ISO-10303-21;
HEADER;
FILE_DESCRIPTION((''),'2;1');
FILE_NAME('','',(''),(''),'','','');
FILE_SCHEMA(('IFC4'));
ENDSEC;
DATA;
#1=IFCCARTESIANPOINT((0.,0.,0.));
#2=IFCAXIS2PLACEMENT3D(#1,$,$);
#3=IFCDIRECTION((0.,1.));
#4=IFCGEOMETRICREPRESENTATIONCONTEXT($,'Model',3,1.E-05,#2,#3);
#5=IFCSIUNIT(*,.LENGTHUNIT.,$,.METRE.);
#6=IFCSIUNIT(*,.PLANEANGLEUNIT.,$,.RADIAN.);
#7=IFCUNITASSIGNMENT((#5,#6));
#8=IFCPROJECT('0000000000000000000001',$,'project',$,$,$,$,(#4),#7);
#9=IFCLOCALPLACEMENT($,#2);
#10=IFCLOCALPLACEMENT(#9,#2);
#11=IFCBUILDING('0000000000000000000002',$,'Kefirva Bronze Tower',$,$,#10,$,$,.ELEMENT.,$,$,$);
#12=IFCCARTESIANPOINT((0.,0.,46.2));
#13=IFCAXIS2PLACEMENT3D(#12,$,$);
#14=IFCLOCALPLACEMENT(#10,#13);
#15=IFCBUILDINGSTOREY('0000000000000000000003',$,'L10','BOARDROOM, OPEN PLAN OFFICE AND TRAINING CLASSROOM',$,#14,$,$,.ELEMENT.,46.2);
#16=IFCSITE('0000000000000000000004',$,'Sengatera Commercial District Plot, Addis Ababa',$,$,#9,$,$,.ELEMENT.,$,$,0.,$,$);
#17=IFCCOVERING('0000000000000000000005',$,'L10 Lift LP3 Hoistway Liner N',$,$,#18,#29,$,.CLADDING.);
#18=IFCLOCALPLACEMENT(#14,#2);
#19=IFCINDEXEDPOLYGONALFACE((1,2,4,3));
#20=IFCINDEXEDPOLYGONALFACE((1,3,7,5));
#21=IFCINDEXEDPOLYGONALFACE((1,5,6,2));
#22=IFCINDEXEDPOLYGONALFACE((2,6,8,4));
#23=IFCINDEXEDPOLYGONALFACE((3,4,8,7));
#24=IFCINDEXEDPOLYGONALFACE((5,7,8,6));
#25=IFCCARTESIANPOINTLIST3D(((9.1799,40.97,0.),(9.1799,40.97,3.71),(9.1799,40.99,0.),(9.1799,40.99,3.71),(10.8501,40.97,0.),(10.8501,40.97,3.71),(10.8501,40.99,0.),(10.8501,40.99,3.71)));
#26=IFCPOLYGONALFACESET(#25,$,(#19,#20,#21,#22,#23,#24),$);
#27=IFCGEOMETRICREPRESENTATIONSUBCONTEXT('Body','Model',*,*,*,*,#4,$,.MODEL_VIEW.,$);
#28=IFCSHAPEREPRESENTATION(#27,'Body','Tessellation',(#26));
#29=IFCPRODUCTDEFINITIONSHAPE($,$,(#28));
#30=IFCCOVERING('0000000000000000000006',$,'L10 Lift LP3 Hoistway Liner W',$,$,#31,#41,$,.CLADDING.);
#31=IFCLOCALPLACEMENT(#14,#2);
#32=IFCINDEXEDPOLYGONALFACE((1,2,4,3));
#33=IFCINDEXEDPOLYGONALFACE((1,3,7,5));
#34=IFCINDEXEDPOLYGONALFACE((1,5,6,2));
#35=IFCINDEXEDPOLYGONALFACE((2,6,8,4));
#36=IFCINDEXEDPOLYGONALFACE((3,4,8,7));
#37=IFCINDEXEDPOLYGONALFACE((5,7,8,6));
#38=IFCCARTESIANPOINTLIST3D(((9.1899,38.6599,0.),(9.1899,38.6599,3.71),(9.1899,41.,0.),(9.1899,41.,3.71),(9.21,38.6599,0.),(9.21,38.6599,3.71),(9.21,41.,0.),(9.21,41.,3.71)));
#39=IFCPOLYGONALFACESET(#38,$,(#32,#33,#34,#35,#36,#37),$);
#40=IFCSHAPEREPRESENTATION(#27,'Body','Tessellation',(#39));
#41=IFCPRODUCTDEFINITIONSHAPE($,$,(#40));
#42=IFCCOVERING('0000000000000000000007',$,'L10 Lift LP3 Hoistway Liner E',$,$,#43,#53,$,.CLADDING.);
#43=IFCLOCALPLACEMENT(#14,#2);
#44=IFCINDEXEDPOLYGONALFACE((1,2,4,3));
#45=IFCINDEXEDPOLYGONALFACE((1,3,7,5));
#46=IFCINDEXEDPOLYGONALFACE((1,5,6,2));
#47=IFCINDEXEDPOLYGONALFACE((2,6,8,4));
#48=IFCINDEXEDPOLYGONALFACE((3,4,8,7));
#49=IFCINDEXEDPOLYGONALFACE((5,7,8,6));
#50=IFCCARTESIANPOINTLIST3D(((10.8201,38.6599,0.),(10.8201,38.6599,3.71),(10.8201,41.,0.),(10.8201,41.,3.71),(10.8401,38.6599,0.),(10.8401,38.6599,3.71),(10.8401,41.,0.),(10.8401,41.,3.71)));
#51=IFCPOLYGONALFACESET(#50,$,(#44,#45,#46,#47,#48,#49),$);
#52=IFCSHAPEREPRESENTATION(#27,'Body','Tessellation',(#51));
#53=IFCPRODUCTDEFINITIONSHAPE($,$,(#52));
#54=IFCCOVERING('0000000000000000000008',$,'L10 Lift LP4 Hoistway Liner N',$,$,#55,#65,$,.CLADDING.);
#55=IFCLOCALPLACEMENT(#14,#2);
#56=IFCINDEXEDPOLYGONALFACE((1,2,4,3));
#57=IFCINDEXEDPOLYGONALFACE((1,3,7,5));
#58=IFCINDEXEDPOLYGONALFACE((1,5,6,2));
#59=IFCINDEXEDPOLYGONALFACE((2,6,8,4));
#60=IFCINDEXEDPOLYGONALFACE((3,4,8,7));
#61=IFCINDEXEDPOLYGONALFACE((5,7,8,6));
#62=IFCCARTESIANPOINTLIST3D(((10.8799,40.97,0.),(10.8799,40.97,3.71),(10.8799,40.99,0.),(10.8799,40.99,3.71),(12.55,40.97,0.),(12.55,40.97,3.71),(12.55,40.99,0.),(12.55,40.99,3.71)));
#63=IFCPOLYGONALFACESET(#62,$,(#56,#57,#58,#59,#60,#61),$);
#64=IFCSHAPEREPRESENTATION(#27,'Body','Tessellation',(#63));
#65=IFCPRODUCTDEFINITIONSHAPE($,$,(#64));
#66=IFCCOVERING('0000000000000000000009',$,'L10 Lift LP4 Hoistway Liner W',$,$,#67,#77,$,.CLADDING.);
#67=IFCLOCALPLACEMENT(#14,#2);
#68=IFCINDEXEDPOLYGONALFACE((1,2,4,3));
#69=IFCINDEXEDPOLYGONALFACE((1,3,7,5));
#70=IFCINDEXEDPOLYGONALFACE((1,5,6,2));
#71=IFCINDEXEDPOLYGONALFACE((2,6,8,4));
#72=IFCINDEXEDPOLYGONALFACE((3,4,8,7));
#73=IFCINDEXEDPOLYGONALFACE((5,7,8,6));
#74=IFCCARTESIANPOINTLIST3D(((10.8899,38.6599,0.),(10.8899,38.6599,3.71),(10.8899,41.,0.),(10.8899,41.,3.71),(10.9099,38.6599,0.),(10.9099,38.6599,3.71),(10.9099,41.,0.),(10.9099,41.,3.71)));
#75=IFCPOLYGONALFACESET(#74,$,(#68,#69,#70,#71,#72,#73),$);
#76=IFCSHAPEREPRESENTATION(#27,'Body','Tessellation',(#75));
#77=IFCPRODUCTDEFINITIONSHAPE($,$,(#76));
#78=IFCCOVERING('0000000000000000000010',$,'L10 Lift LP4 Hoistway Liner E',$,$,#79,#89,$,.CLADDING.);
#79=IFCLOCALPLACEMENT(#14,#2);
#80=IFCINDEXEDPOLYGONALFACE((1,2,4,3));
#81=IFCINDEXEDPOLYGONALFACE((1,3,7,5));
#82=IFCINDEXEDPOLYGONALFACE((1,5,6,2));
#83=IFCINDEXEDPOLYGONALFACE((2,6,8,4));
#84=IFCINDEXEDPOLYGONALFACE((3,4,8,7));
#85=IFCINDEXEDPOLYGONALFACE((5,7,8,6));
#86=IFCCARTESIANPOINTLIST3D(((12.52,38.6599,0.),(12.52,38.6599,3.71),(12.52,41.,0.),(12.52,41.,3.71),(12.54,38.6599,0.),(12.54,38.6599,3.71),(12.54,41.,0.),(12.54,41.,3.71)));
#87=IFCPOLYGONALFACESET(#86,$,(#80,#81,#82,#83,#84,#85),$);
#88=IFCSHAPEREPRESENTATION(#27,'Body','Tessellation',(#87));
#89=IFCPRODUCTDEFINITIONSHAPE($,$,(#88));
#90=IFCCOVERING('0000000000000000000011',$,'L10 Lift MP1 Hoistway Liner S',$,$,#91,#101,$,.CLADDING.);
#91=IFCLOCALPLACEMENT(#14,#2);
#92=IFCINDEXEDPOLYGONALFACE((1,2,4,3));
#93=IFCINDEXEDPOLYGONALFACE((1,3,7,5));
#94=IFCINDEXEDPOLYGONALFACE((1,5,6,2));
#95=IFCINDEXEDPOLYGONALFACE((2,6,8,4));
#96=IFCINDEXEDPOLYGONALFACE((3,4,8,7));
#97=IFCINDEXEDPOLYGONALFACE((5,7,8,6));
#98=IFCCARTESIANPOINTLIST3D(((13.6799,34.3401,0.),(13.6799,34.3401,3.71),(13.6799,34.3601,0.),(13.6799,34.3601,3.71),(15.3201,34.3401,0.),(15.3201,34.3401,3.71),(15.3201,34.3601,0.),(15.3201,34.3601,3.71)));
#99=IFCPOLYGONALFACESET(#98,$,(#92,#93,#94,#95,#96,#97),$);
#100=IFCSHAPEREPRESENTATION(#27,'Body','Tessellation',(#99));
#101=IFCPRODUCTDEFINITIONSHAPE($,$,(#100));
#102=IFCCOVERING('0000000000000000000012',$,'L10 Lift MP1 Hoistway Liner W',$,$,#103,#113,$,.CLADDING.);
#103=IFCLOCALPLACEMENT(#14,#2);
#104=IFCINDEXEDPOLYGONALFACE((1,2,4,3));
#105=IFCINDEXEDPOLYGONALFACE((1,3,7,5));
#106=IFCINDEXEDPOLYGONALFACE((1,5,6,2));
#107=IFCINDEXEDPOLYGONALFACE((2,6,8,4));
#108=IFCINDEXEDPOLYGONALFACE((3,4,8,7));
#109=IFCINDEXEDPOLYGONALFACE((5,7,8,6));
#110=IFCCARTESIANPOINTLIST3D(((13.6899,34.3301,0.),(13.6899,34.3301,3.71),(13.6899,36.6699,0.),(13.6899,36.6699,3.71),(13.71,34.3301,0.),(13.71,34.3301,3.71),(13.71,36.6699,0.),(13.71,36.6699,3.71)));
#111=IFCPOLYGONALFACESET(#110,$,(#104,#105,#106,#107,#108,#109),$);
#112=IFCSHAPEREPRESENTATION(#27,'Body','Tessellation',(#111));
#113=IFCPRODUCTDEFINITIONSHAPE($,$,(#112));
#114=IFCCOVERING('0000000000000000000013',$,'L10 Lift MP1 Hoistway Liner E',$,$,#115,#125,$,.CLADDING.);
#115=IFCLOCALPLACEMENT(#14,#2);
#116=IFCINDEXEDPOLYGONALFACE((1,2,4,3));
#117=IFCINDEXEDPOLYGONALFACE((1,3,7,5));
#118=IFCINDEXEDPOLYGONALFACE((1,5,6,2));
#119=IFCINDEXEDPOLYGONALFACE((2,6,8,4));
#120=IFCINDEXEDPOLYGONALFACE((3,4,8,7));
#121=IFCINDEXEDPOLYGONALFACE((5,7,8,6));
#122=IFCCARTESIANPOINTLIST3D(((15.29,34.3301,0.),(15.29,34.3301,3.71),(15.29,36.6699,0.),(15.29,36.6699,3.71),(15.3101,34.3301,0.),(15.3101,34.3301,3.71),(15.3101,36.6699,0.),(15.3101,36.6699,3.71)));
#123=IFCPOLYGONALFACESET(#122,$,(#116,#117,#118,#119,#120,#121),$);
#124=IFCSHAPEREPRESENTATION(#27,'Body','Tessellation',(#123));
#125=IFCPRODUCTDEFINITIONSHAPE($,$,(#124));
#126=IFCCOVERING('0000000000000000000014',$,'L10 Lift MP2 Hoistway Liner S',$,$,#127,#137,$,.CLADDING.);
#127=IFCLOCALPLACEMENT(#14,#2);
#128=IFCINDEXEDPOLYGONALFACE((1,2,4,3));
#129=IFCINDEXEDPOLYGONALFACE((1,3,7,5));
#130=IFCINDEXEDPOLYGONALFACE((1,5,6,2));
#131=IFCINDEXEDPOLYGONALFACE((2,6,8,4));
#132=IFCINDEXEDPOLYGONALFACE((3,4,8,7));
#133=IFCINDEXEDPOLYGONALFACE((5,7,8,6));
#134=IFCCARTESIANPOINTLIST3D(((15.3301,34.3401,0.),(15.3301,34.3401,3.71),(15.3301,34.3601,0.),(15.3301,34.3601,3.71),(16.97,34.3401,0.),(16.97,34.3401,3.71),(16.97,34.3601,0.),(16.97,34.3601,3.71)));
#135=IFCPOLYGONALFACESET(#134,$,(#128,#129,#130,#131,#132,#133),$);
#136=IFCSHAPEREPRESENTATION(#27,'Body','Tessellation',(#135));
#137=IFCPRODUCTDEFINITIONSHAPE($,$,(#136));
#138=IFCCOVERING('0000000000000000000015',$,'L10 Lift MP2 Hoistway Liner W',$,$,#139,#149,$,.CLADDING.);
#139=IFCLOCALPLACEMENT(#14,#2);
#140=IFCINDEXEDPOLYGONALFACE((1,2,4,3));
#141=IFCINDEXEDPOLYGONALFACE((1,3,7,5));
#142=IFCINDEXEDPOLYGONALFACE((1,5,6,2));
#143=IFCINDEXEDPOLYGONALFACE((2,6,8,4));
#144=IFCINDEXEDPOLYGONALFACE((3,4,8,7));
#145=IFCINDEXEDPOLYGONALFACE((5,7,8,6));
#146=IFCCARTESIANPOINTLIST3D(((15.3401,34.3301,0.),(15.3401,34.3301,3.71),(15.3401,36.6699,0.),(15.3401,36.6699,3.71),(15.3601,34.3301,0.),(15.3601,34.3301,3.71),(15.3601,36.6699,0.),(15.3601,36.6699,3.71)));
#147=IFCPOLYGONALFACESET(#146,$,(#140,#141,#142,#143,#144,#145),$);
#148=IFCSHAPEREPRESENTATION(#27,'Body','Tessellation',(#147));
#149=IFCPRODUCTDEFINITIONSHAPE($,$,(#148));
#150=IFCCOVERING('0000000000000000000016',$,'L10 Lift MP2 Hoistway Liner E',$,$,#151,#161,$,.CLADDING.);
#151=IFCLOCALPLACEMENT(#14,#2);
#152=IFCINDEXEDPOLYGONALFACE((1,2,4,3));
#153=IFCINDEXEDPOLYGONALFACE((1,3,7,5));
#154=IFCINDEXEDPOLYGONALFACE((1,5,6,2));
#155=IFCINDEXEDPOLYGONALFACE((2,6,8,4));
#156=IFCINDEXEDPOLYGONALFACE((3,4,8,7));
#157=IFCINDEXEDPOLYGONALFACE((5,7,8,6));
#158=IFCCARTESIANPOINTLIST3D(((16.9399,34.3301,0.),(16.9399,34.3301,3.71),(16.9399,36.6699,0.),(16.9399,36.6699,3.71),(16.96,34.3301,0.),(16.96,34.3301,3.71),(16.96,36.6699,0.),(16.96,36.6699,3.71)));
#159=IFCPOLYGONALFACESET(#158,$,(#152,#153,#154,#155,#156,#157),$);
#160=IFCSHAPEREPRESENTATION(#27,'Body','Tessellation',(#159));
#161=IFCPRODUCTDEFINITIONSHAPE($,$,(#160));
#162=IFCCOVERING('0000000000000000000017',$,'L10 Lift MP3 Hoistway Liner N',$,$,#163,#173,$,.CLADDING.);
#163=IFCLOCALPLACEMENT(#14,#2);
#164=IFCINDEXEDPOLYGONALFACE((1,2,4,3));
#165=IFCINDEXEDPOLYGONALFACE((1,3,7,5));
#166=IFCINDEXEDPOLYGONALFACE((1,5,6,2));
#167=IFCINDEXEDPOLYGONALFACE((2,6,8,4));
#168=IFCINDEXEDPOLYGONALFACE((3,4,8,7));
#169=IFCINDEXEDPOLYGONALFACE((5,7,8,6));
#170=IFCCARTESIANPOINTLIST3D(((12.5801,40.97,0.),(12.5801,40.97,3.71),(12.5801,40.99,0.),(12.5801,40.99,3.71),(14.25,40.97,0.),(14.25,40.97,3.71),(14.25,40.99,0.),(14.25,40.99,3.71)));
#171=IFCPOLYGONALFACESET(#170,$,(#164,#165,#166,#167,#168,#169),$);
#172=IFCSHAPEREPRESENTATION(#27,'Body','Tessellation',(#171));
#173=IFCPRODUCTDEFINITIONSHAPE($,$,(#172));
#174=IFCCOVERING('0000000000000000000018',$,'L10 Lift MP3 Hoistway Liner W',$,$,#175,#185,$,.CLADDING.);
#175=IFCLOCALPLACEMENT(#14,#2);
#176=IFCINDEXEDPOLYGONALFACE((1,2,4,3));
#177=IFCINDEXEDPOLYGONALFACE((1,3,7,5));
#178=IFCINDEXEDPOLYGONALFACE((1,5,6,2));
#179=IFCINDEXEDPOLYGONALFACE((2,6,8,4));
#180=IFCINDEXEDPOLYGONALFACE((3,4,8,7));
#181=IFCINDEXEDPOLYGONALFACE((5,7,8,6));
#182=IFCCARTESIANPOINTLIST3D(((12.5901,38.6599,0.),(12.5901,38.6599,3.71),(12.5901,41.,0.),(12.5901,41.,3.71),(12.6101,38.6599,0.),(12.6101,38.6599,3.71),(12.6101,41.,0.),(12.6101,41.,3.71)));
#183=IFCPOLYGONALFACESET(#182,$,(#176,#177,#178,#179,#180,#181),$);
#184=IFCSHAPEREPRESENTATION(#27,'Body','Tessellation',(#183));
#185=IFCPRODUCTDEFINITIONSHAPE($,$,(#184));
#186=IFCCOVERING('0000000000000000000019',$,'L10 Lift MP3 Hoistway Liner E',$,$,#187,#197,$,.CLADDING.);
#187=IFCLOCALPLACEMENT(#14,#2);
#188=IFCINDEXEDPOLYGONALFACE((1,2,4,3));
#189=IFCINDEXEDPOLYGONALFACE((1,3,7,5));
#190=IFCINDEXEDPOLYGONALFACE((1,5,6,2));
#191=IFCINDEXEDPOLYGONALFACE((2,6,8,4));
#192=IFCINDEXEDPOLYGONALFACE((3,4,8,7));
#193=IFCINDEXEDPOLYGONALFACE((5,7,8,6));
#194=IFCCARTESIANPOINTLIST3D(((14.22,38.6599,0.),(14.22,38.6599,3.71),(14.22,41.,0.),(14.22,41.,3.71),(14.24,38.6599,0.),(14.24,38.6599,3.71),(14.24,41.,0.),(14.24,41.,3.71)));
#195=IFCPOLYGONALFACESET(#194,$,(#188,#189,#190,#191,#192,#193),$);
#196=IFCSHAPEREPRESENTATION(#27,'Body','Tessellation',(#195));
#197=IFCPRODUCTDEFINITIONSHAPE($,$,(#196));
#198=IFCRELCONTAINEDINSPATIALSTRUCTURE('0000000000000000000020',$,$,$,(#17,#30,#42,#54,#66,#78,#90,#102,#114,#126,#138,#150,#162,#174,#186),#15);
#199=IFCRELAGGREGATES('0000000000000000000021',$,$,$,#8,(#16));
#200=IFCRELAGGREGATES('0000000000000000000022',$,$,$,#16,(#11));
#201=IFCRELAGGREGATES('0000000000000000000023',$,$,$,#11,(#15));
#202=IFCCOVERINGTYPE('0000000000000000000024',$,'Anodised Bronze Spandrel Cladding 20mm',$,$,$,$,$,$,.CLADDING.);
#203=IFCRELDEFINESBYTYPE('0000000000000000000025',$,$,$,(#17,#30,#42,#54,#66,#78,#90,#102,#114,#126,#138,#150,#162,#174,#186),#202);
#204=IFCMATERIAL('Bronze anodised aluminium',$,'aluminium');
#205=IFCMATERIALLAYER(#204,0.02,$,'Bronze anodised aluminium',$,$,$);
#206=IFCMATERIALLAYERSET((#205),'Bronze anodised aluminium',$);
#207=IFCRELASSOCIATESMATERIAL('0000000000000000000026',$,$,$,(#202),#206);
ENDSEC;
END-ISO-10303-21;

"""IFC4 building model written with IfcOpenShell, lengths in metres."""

from ifc_helpers import new_model, si_unit, direction, frame, origin, place, context, subcontext, project, spatial, polyline, outline, extrude, material, layer, layer_set, type_object, element, save


model = new_model("IFC4")

# Units and contexts
model_context = context("Model", 3, precision=1e-05, world=origin(), true_north=direction((0.0, 1.0)))
body_context = subcontext(model_context, "Body", "Model", "MODEL_VIEW")
ifc_project = project(units=[si_unit("LENGTHUNIT", "METRE"), si_unit("PLANEANGLEUNIT", "RADIAN")], contexts=[model_context])

# Site, building, storey
site_placement = place(None, origin())
site = spatial("IfcSite", under=ifc_project, at=site_placement, Name="Sengatera Commercial District Plot, Addis Ababa", CompositionType="ELEMENT", RefElevation=0.0)
building_placement = place(site_placement, origin())
building = spatial("IfcBuilding", under=site, at=building_placement, Name="Kefirva Bronze Tower", CompositionType="ELEMENT")
storey_placement = place(building_placement, frame((0.0, 0.0, 46.2)))
storey = spatial("IfcBuildingStorey", under=building, at=storey_placement, Name="L10", Description="BOARDROOM, OPEN PLAN OFFICE AND TRAINING CLASSROOM", CompositionType="ELEMENT", Elevation=46.2)

# Coverings
ifc_material = material(Name="Bronze anodised aluminium", Category="aluminium")
ifc_layer_1 = layer(ifc_material, 0.02, Name="Bronze anodised aluminium")
ifc_layer_set_1 = layer_set([ifc_layer_1], Name="Bronze anodised aluminium")
covering_type_1 = type_object("IfcCoveringType", Name="Anodised Bronze Spandrel Cladding 20mm", PredefinedType="CLADDING", material=ifc_layer_set_1)
covering_1_placement = place(storey_placement, origin())
element("IfcCovering", 1, at=covering_1_placement, inside=storey, type_object=covering_type_1, Name="L10 Lift LP3 Hoistway Liner N", PredefinedType="CLADDING", context=body_context, shape_type="SweptSolid", body=[
    extrude(outline(polyline([(9.1799, 40.97), (10.8501, 40.97), (10.8501, 40.99), (9.1799, 40.99), (9.1799, 40.97)])), origin(), (0.0, 0.0, 1.0), 3.71),
])
covering_2_placement = place(storey_placement, origin())
element("IfcCovering", 2, at=covering_2_placement, inside=storey, type_object=covering_type_1, Name="L10 Lift LP3 Hoistway Liner W", PredefinedType="CLADDING", context=body_context, shape_type="SweptSolid", body=[
    extrude(outline(polyline([(9.1899, 38.6599), (9.21, 38.6599), (9.21, 41.0), (9.1899, 41.0), (9.1899, 38.6599)])), origin(), (0.0, 0.0, 1.0), 3.71),
])
covering_3_placement = place(storey_placement, origin())
element("IfcCovering", 3, at=covering_3_placement, inside=storey, type_object=covering_type_1, Name="L10 Lift LP3 Hoistway Liner E", PredefinedType="CLADDING", context=body_context, shape_type="SweptSolid", body=[
    extrude(outline(polyline([(10.8201, 38.6599), (10.8401, 38.6599), (10.8401, 41.0), (10.8201, 41.0), (10.8201, 38.6599)])), origin(), (0.0, 0.0, 1.0), 3.71),
])
covering_4_placement = place(storey_placement, origin())
element("IfcCovering", 4, at=covering_4_placement, inside=storey, type_object=covering_type_1, Name="L10 Lift LP4 Hoistway Liner N", PredefinedType="CLADDING", context=body_context, shape_type="SweptSolid", body=[
    extrude(outline(polyline([(10.8799, 40.97), (12.55, 40.97), (12.55, 40.99), (10.8799, 40.99), (10.8799, 40.97)])), origin(), (0.0, 0.0, 1.0), 3.71),
])
covering_5_placement = place(storey_placement, origin())
element("IfcCovering", 5, at=covering_5_placement, inside=storey, type_object=covering_type_1, Name="L10 Lift LP4 Hoistway Liner W", PredefinedType="CLADDING", context=body_context, shape_type="SweptSolid", body=[
    extrude(outline(polyline([(10.8899, 38.6599), (10.9099, 38.6599), (10.9099, 41.0), (10.8899, 41.0), (10.8899, 38.6599)])), origin(), (0.0, 0.0, 1.0), 3.71),
])
covering_6_placement = place(storey_placement, origin())
element("IfcCovering", 6, at=covering_6_placement, inside=storey, type_object=covering_type_1, Name="L10 Lift LP4 Hoistway Liner E", PredefinedType="CLADDING", context=body_context, shape_type="SweptSolid", body=[
    extrude(outline(polyline([(12.52, 38.6599), (12.54, 38.6599), (12.54, 41.0), (12.52, 41.0), (12.52, 38.6599)])), origin(), (0.0, 0.0, 1.0), 3.71),
])
covering_7_placement = place(storey_placement, origin())
element("IfcCovering", 7, at=covering_7_placement, inside=storey, type_object=covering_type_1, Name="L10 Lift MP1 Hoistway Liner S", PredefinedType="CLADDING", context=body_context, shape_type="SweptSolid", body=[
    extrude(outline(polyline([(13.6799, 34.3401), (15.3201, 34.3401), (15.3201, 34.3601), (13.6799, 34.3601), (13.6799, 34.3401)])), origin(), (0.0, 0.0, 1.0), 3.71),
])
covering_8_placement = place(storey_placement, origin())
element("IfcCovering", 8, at=covering_8_placement, inside=storey, type_object=covering_type_1, Name="L10 Lift MP1 Hoistway Liner W", PredefinedType="CLADDING", context=body_context, shape_type="SweptSolid", body=[
    extrude(outline(polyline([(13.6899, 34.3301), (13.71, 34.3301), (13.71, 36.6699), (13.6899, 36.6699), (13.6899, 34.3301)])), origin(), (0.0, 0.0, 1.0), 3.71),
])
covering_9_placement = place(storey_placement, origin())
element("IfcCovering", 9, at=covering_9_placement, inside=storey, type_object=covering_type_1, Name="L10 Lift MP1 Hoistway Liner E", PredefinedType="CLADDING", context=body_context, shape_type="SweptSolid", body=[
    extrude(outline(polyline([(15.29, 34.3301), (15.3101, 34.3301), (15.3101, 36.6699), (15.29, 36.6699), (15.29, 34.3301)])), origin(), (0.0, 0.0, 1.0), 3.71),
])
covering_10_placement = place(storey_placement, origin())
element("IfcCovering", 10, at=covering_10_placement, inside=storey, type_object=covering_type_1, Name="L10 Lift MP2 Hoistway Liner S", PredefinedType="CLADDING", context=body_context, shape_type="SweptSolid", body=[
    extrude(outline(polyline([(15.3301, 34.3401), (16.97, 34.3401), (16.97, 34.3601), (15.3301, 34.3601), (15.3301, 34.3401)])), origin(), (0.0, 0.0, 1.0), 3.71),
])
covering_11_placement = place(storey_placement, origin())
element("IfcCovering", 11, at=covering_11_placement, inside=storey, type_object=covering_type_1, Name="L10 Lift MP2 Hoistway Liner W", PredefinedType="CLADDING", context=body_context, shape_type="SweptSolid", body=[
    extrude(outline(polyline([(15.3401, 34.3301), (15.3601, 34.3301), (15.3601, 36.6699), (15.3401, 36.6699), (15.3401, 34.3301)])), origin(), (0.0, 0.0, 1.0), 3.71),
])
covering_12_placement = place(storey_placement, origin())
element("IfcCovering", 12, at=covering_12_placement, inside=storey, type_object=covering_type_1, Name="L10 Lift MP2 Hoistway Liner E", PredefinedType="CLADDING", context=body_context, shape_type="SweptSolid", body=[
    extrude(outline(polyline([(16.9399, 34.3301), (16.96, 34.3301), (16.96, 36.6699), (16.9399, 36.6699), (16.9399, 34.3301)])), origin(), (0.0, 0.0, 1.0), 3.71),
])
covering_13_placement = place(storey_placement, origin())
element("IfcCovering", 13, at=covering_13_placement, inside=storey, type_object=covering_type_1, Name="L10 Lift MP3 Hoistway Liner N", PredefinedType="CLADDING", context=body_context, shape_type="SweptSolid", body=[
    extrude(outline(polyline([(12.5801, 40.97), (14.25, 40.97), (14.25, 40.99), (12.5801, 40.99), (12.5801, 40.97)])), origin(), (0.0, 0.0, 1.0), 3.71),
])
covering_14_placement = place(storey_placement, origin())
element("IfcCovering", 14, at=covering_14_placement, inside=storey, type_object=covering_type_1, Name="L10 Lift MP3 Hoistway Liner W", PredefinedType="CLADDING", context=body_context, shape_type="SweptSolid", body=[
    extrude(outline(polyline([(12.5901, 38.6599), (12.6101, 38.6599), (12.6101, 41.0), (12.5901, 41.0), (12.5901, 38.6599)])), origin(), (0.0, 0.0, 1.0), 3.71),
])
covering_15_placement = place(storey_placement, origin())
element("IfcCovering", 15, at=covering_15_placement, inside=storey, type_object=covering_type_1, Name="L10 Lift MP3 Hoistway Liner E", PredefinedType="CLADDING", context=body_context, shape_type="SweptSolid", body=[
    extrude(outline(polyline([(14.22, 38.6599), (14.24, 38.6599), (14.24, 41.0), (14.22, 41.0), (14.22, 38.6599)])), origin(), (0.0, 0.0, 1.0), 3.71),
])

save(model, "model.ifc")
